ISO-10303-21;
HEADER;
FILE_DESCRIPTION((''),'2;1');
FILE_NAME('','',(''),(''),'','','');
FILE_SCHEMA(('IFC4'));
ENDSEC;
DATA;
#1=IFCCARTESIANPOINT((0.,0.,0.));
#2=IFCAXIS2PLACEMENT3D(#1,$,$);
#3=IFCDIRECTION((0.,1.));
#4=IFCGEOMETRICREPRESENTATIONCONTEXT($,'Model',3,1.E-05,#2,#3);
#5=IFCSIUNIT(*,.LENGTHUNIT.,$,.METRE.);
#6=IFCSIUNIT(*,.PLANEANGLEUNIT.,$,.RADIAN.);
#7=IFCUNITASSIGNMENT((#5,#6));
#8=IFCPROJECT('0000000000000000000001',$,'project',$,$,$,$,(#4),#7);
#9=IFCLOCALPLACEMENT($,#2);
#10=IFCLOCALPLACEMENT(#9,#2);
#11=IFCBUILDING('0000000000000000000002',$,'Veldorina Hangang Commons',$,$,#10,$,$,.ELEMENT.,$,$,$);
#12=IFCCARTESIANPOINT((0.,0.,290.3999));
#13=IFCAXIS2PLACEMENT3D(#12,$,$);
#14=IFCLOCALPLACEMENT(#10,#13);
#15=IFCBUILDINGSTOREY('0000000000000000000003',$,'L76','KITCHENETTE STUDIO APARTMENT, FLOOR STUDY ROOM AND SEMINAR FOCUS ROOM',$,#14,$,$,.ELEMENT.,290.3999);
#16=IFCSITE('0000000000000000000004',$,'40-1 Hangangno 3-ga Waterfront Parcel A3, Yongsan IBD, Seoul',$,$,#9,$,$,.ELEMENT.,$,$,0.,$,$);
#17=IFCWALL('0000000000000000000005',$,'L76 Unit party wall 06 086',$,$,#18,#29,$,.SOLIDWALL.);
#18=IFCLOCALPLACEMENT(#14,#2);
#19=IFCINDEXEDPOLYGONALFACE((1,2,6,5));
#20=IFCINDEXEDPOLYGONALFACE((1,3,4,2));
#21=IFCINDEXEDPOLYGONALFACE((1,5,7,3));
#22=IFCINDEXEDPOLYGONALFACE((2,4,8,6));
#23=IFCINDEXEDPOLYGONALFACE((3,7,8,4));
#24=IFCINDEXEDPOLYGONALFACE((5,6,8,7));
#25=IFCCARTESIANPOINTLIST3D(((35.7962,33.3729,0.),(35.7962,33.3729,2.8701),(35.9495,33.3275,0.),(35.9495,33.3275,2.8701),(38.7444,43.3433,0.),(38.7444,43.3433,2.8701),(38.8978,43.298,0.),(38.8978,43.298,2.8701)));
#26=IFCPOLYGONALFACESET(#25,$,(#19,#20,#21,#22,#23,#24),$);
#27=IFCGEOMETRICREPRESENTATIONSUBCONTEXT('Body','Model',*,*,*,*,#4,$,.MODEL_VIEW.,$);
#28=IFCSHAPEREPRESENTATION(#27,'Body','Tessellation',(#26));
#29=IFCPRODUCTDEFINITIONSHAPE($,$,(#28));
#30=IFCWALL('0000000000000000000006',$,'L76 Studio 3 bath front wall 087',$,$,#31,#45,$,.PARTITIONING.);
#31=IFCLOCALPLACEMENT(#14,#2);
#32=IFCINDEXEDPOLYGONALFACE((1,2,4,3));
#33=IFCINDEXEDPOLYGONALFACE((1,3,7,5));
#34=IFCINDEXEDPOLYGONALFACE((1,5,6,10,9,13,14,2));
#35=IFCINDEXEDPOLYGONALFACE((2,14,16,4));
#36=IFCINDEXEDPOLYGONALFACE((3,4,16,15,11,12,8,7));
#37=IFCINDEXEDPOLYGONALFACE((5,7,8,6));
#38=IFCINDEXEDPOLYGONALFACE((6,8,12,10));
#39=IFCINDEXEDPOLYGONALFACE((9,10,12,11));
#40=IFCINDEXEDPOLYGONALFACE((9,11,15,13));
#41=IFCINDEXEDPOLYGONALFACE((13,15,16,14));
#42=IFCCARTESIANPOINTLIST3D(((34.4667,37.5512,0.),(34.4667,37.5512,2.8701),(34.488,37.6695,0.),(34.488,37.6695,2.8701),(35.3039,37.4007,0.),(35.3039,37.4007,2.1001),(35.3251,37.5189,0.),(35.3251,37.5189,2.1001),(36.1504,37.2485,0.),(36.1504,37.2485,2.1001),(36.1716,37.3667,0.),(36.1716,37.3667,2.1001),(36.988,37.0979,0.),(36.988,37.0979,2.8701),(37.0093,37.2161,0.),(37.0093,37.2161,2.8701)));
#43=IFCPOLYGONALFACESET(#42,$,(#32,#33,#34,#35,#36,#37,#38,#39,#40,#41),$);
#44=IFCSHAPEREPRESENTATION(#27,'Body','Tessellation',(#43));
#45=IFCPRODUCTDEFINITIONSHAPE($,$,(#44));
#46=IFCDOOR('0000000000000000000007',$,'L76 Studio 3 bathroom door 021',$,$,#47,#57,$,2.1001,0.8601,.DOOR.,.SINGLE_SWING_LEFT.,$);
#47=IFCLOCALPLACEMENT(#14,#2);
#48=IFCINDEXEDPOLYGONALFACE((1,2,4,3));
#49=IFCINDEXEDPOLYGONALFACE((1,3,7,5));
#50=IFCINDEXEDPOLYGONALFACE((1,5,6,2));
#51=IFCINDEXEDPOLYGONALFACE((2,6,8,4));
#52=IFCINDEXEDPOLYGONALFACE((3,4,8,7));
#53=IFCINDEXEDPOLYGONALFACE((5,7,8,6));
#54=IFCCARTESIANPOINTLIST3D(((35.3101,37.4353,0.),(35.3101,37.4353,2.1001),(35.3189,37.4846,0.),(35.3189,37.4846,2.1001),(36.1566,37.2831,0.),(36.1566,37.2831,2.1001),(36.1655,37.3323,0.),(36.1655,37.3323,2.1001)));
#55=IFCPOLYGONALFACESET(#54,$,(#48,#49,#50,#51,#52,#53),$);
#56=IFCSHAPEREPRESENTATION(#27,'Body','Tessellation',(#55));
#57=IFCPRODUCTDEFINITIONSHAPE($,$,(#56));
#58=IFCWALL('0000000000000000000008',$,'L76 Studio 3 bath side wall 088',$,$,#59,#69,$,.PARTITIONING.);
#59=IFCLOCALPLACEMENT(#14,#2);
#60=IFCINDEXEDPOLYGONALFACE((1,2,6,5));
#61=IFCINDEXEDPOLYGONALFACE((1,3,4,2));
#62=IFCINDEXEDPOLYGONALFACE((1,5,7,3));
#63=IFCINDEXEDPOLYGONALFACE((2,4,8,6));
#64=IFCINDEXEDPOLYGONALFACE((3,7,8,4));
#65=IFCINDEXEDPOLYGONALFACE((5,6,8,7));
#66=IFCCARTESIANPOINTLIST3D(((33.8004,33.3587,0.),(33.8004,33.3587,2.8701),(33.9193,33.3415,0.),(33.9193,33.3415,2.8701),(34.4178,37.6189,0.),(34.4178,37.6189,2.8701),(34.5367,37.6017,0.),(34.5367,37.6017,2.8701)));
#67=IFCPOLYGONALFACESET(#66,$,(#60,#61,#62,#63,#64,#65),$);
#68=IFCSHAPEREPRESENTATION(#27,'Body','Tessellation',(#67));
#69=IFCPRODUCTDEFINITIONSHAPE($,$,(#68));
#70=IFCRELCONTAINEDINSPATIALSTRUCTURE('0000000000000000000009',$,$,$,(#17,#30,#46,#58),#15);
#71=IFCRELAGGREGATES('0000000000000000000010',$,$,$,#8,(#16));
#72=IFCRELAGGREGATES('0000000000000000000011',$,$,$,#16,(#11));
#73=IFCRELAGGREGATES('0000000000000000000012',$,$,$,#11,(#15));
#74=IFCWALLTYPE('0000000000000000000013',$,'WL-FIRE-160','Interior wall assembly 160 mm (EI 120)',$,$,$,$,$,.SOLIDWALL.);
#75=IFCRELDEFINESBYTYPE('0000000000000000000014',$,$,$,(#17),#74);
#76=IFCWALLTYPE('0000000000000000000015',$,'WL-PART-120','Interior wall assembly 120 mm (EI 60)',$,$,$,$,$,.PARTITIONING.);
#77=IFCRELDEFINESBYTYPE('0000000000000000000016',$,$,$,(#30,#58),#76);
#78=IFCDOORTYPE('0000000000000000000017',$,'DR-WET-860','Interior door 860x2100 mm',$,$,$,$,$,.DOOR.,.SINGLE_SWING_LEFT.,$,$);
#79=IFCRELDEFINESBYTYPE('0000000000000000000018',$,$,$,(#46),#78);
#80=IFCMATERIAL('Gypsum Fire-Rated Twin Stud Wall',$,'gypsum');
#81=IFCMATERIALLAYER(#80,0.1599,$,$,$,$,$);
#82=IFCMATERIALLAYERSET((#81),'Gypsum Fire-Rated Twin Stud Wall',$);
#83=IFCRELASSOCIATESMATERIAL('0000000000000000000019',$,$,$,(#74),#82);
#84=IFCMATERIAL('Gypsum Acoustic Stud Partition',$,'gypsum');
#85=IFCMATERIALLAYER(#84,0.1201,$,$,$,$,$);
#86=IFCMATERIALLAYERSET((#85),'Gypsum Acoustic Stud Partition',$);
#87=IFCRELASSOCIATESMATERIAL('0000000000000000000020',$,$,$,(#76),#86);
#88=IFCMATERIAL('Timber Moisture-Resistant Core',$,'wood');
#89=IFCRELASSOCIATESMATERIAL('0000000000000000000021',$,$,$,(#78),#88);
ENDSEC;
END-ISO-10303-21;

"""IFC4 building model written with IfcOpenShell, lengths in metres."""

from ifc_helpers import new_model, si_unit, direction, frame, frame_2d, origin, place, context, subcontext, project, spatial, rectangle, extrude, material, layer, layer_set, type_object, element, fill, save


model = new_model("IFC4")

# Units and contexts
model_context = context("Model", 3, precision=1e-05, world=origin(), true_north=direction((0.0, 1.0)))
body_context = subcontext(model_context, "Body", "Model", "MODEL_VIEW")
ifc_project = project(units=[si_unit("LENGTHUNIT", "METRE"), si_unit("PLANEANGLEUNIT", "RADIAN")], contexts=[model_context])

# Site, building, storey
site_placement = place(None, origin())
site = spatial("IfcSite", under=ifc_project, at=site_placement, Name="40-1 Hangangno 3-ga Waterfront Parcel A3, Yongsan IBD, Seoul", CompositionType="ELEMENT", RefElevation=0.0)
building_placement = place(site_placement, origin())
building = spatial("IfcBuilding", under=site, at=building_placement, Name="Veldorina Hangang Commons", CompositionType="ELEMENT")
storey_placement = place(building_placement, frame((0.0, 0.0, 290.3999)))
storey = spatial("IfcBuildingStorey", under=building, at=storey_placement, Name="L76", Description="KITCHENETTE STUDIO APARTMENT, FLOOR STUDY ROOM AND SEMINAR FOCUS ROOM", CompositionType="ELEMENT", Elevation=290.3999)

# Shared definitions
ifc_material_1 = material(Name="Gypsum Fire-Rated Twin Stud Wall", Category="gypsum")
ifc_layer_1 = layer(ifc_material_1, 0.1599)
ifc_layer_set_1 = layer_set([ifc_layer_1], Name="Gypsum Fire-Rated Twin Stud Wall")
wall_type_1 = type_object("IfcWallType", Name="WL-FIRE-160", Description="Interior wall assembly 160 mm (EI 120)", PredefinedType="SOLIDWALL", material=ifc_layer_set_1)

# Wall
wall_1_placement = place(storey_placement, frame((35.8728, 33.3501, 0.0), z_axis=(0.0, 0.0, 1.0), x_axis=(0.283561, 0.958954, 0.0)))
element("IfcWall", 1, at=wall_1_placement, inside=storey, type_object=wall_type_1, Name="L76 Unit party wall 06 086", PredefinedType="SOLIDWALL", context=body_context, shape_type="SweptSolid", body=[
    extrude(rectangle(XDim=10.3972, YDim=0.1599, at=frame_2d((5.1987, 0.0))), origin(), (0.0, 0.0, 1.0), 2.8701),
])

# Wall, opening, door
ifc_material_2 = material(Name="Gypsum Acoustic Stud Partition", Category="gypsum")
ifc_layer_2 = layer(ifc_material_2, 0.1201)
ifc_layer_set_2 = layer_set([ifc_layer_2], Name="Gypsum Acoustic Stud Partition")
wall_type_2 = type_object("IfcWallType", Name="WL-PART-120", Description="Interior wall assembly 120 mm (EI 60)", PredefinedType="PARTITIONING", material=ifc_layer_set_2)
wall_2_placement = place(storey_placement, frame((36.9985, 37.157, 0.0), z_axis=(0.0, 0.0, 1.0), x_axis=(-0.984214, 0.176981, 0.0)))
wall_2 = element("IfcWall", 2, at=wall_2_placement, inside=storey, type_object=wall_type_2, Name="L76 Studio 3 bath front wall 087", PredefinedType="PARTITIONING", context=body_context, shape_type="SweptSolid", body=[
    extrude(rectangle(XDim=2.5618, YDim=0.1201, at=frame_2d((1.2808, 0.0))), origin(), (0.0, 0.0, 1.0), 2.8701),
])
opening_1_placement = place(wall_2_placement, frame((0.8508, 0.0, 0.0)))
opening_1 = element("IfcOpeningElement", 3, at=opening_1_placement, cuts=wall_2, PredefinedType="OPENING", context=body_context, shape_type="SweptSolid", body=[
    extrude(rectangle(XDim=0.8601, YDim=2.1001, at=frame_2d((0.4302, 1.05))), frame((0.0, 0.0701, 0.0), z_axis=(0.0, -1.0, 0.0), x_axis=(1.0, 0.0, 0.0)), (0.0, 0.0, 1.0), 0.1401),
])
ifc_material_3 = material(Name="Timber Moisture-Resistant Core", Category="wood")
door_type_1 = type_object("IfcDoorType", Name="DR-WET-860", Description="Interior door 860x2100 mm", OperationType="SINGLE_SWING_LEFT", PredefinedType="DOOR", material=ifc_material_3)
door_1_placement = place(opening_1_placement, origin())
door_1 = element("IfcDoor", 4, at=door_1_placement, inside=storey, type_object=door_type_1, Name="L76 Studio 3 bathroom door 021", OperationType="SINGLE_SWING_LEFT", OverallHeight=2.1001, OverallWidth=0.8601, PredefinedType="DOOR", context=body_context, shape_type="SweptSolid", body=[
    extrude(rectangle(XDim=0.8601, YDim=2.1001, at=frame_2d((0.4302, 1.05))), frame((0.0, 0.0249, 0.0), z_axis=(0.0, -1.0, 0.0), x_axis=(1.0, 0.0, 0.0)), (0.0, 0.0, 1.0), 0.05),
])
fill(opening_1, door_1)

# Wall
wall_3_placement = place(storey_placement, frame((33.8599, 33.3501, 0.0), z_axis=(0.0, 0.0, 1.0), x_axis=(0.14343, 0.98966, 0.0)))
element("IfcWall", 5, at=wall_3_placement, inside=storey, type_object=wall_type_2, Name="L76 Studio 3 bath side wall 088", PredefinedType="PARTITIONING", context=body_context, shape_type="SweptSolid", body=[
    extrude(rectangle(XDim=4.3047, YDim=0.1201, at=frame_2d((2.1523, 0.0))), origin(), (0.0, 0.0, 1.0), 2.8701),
])

save(model, "model.ifc")
